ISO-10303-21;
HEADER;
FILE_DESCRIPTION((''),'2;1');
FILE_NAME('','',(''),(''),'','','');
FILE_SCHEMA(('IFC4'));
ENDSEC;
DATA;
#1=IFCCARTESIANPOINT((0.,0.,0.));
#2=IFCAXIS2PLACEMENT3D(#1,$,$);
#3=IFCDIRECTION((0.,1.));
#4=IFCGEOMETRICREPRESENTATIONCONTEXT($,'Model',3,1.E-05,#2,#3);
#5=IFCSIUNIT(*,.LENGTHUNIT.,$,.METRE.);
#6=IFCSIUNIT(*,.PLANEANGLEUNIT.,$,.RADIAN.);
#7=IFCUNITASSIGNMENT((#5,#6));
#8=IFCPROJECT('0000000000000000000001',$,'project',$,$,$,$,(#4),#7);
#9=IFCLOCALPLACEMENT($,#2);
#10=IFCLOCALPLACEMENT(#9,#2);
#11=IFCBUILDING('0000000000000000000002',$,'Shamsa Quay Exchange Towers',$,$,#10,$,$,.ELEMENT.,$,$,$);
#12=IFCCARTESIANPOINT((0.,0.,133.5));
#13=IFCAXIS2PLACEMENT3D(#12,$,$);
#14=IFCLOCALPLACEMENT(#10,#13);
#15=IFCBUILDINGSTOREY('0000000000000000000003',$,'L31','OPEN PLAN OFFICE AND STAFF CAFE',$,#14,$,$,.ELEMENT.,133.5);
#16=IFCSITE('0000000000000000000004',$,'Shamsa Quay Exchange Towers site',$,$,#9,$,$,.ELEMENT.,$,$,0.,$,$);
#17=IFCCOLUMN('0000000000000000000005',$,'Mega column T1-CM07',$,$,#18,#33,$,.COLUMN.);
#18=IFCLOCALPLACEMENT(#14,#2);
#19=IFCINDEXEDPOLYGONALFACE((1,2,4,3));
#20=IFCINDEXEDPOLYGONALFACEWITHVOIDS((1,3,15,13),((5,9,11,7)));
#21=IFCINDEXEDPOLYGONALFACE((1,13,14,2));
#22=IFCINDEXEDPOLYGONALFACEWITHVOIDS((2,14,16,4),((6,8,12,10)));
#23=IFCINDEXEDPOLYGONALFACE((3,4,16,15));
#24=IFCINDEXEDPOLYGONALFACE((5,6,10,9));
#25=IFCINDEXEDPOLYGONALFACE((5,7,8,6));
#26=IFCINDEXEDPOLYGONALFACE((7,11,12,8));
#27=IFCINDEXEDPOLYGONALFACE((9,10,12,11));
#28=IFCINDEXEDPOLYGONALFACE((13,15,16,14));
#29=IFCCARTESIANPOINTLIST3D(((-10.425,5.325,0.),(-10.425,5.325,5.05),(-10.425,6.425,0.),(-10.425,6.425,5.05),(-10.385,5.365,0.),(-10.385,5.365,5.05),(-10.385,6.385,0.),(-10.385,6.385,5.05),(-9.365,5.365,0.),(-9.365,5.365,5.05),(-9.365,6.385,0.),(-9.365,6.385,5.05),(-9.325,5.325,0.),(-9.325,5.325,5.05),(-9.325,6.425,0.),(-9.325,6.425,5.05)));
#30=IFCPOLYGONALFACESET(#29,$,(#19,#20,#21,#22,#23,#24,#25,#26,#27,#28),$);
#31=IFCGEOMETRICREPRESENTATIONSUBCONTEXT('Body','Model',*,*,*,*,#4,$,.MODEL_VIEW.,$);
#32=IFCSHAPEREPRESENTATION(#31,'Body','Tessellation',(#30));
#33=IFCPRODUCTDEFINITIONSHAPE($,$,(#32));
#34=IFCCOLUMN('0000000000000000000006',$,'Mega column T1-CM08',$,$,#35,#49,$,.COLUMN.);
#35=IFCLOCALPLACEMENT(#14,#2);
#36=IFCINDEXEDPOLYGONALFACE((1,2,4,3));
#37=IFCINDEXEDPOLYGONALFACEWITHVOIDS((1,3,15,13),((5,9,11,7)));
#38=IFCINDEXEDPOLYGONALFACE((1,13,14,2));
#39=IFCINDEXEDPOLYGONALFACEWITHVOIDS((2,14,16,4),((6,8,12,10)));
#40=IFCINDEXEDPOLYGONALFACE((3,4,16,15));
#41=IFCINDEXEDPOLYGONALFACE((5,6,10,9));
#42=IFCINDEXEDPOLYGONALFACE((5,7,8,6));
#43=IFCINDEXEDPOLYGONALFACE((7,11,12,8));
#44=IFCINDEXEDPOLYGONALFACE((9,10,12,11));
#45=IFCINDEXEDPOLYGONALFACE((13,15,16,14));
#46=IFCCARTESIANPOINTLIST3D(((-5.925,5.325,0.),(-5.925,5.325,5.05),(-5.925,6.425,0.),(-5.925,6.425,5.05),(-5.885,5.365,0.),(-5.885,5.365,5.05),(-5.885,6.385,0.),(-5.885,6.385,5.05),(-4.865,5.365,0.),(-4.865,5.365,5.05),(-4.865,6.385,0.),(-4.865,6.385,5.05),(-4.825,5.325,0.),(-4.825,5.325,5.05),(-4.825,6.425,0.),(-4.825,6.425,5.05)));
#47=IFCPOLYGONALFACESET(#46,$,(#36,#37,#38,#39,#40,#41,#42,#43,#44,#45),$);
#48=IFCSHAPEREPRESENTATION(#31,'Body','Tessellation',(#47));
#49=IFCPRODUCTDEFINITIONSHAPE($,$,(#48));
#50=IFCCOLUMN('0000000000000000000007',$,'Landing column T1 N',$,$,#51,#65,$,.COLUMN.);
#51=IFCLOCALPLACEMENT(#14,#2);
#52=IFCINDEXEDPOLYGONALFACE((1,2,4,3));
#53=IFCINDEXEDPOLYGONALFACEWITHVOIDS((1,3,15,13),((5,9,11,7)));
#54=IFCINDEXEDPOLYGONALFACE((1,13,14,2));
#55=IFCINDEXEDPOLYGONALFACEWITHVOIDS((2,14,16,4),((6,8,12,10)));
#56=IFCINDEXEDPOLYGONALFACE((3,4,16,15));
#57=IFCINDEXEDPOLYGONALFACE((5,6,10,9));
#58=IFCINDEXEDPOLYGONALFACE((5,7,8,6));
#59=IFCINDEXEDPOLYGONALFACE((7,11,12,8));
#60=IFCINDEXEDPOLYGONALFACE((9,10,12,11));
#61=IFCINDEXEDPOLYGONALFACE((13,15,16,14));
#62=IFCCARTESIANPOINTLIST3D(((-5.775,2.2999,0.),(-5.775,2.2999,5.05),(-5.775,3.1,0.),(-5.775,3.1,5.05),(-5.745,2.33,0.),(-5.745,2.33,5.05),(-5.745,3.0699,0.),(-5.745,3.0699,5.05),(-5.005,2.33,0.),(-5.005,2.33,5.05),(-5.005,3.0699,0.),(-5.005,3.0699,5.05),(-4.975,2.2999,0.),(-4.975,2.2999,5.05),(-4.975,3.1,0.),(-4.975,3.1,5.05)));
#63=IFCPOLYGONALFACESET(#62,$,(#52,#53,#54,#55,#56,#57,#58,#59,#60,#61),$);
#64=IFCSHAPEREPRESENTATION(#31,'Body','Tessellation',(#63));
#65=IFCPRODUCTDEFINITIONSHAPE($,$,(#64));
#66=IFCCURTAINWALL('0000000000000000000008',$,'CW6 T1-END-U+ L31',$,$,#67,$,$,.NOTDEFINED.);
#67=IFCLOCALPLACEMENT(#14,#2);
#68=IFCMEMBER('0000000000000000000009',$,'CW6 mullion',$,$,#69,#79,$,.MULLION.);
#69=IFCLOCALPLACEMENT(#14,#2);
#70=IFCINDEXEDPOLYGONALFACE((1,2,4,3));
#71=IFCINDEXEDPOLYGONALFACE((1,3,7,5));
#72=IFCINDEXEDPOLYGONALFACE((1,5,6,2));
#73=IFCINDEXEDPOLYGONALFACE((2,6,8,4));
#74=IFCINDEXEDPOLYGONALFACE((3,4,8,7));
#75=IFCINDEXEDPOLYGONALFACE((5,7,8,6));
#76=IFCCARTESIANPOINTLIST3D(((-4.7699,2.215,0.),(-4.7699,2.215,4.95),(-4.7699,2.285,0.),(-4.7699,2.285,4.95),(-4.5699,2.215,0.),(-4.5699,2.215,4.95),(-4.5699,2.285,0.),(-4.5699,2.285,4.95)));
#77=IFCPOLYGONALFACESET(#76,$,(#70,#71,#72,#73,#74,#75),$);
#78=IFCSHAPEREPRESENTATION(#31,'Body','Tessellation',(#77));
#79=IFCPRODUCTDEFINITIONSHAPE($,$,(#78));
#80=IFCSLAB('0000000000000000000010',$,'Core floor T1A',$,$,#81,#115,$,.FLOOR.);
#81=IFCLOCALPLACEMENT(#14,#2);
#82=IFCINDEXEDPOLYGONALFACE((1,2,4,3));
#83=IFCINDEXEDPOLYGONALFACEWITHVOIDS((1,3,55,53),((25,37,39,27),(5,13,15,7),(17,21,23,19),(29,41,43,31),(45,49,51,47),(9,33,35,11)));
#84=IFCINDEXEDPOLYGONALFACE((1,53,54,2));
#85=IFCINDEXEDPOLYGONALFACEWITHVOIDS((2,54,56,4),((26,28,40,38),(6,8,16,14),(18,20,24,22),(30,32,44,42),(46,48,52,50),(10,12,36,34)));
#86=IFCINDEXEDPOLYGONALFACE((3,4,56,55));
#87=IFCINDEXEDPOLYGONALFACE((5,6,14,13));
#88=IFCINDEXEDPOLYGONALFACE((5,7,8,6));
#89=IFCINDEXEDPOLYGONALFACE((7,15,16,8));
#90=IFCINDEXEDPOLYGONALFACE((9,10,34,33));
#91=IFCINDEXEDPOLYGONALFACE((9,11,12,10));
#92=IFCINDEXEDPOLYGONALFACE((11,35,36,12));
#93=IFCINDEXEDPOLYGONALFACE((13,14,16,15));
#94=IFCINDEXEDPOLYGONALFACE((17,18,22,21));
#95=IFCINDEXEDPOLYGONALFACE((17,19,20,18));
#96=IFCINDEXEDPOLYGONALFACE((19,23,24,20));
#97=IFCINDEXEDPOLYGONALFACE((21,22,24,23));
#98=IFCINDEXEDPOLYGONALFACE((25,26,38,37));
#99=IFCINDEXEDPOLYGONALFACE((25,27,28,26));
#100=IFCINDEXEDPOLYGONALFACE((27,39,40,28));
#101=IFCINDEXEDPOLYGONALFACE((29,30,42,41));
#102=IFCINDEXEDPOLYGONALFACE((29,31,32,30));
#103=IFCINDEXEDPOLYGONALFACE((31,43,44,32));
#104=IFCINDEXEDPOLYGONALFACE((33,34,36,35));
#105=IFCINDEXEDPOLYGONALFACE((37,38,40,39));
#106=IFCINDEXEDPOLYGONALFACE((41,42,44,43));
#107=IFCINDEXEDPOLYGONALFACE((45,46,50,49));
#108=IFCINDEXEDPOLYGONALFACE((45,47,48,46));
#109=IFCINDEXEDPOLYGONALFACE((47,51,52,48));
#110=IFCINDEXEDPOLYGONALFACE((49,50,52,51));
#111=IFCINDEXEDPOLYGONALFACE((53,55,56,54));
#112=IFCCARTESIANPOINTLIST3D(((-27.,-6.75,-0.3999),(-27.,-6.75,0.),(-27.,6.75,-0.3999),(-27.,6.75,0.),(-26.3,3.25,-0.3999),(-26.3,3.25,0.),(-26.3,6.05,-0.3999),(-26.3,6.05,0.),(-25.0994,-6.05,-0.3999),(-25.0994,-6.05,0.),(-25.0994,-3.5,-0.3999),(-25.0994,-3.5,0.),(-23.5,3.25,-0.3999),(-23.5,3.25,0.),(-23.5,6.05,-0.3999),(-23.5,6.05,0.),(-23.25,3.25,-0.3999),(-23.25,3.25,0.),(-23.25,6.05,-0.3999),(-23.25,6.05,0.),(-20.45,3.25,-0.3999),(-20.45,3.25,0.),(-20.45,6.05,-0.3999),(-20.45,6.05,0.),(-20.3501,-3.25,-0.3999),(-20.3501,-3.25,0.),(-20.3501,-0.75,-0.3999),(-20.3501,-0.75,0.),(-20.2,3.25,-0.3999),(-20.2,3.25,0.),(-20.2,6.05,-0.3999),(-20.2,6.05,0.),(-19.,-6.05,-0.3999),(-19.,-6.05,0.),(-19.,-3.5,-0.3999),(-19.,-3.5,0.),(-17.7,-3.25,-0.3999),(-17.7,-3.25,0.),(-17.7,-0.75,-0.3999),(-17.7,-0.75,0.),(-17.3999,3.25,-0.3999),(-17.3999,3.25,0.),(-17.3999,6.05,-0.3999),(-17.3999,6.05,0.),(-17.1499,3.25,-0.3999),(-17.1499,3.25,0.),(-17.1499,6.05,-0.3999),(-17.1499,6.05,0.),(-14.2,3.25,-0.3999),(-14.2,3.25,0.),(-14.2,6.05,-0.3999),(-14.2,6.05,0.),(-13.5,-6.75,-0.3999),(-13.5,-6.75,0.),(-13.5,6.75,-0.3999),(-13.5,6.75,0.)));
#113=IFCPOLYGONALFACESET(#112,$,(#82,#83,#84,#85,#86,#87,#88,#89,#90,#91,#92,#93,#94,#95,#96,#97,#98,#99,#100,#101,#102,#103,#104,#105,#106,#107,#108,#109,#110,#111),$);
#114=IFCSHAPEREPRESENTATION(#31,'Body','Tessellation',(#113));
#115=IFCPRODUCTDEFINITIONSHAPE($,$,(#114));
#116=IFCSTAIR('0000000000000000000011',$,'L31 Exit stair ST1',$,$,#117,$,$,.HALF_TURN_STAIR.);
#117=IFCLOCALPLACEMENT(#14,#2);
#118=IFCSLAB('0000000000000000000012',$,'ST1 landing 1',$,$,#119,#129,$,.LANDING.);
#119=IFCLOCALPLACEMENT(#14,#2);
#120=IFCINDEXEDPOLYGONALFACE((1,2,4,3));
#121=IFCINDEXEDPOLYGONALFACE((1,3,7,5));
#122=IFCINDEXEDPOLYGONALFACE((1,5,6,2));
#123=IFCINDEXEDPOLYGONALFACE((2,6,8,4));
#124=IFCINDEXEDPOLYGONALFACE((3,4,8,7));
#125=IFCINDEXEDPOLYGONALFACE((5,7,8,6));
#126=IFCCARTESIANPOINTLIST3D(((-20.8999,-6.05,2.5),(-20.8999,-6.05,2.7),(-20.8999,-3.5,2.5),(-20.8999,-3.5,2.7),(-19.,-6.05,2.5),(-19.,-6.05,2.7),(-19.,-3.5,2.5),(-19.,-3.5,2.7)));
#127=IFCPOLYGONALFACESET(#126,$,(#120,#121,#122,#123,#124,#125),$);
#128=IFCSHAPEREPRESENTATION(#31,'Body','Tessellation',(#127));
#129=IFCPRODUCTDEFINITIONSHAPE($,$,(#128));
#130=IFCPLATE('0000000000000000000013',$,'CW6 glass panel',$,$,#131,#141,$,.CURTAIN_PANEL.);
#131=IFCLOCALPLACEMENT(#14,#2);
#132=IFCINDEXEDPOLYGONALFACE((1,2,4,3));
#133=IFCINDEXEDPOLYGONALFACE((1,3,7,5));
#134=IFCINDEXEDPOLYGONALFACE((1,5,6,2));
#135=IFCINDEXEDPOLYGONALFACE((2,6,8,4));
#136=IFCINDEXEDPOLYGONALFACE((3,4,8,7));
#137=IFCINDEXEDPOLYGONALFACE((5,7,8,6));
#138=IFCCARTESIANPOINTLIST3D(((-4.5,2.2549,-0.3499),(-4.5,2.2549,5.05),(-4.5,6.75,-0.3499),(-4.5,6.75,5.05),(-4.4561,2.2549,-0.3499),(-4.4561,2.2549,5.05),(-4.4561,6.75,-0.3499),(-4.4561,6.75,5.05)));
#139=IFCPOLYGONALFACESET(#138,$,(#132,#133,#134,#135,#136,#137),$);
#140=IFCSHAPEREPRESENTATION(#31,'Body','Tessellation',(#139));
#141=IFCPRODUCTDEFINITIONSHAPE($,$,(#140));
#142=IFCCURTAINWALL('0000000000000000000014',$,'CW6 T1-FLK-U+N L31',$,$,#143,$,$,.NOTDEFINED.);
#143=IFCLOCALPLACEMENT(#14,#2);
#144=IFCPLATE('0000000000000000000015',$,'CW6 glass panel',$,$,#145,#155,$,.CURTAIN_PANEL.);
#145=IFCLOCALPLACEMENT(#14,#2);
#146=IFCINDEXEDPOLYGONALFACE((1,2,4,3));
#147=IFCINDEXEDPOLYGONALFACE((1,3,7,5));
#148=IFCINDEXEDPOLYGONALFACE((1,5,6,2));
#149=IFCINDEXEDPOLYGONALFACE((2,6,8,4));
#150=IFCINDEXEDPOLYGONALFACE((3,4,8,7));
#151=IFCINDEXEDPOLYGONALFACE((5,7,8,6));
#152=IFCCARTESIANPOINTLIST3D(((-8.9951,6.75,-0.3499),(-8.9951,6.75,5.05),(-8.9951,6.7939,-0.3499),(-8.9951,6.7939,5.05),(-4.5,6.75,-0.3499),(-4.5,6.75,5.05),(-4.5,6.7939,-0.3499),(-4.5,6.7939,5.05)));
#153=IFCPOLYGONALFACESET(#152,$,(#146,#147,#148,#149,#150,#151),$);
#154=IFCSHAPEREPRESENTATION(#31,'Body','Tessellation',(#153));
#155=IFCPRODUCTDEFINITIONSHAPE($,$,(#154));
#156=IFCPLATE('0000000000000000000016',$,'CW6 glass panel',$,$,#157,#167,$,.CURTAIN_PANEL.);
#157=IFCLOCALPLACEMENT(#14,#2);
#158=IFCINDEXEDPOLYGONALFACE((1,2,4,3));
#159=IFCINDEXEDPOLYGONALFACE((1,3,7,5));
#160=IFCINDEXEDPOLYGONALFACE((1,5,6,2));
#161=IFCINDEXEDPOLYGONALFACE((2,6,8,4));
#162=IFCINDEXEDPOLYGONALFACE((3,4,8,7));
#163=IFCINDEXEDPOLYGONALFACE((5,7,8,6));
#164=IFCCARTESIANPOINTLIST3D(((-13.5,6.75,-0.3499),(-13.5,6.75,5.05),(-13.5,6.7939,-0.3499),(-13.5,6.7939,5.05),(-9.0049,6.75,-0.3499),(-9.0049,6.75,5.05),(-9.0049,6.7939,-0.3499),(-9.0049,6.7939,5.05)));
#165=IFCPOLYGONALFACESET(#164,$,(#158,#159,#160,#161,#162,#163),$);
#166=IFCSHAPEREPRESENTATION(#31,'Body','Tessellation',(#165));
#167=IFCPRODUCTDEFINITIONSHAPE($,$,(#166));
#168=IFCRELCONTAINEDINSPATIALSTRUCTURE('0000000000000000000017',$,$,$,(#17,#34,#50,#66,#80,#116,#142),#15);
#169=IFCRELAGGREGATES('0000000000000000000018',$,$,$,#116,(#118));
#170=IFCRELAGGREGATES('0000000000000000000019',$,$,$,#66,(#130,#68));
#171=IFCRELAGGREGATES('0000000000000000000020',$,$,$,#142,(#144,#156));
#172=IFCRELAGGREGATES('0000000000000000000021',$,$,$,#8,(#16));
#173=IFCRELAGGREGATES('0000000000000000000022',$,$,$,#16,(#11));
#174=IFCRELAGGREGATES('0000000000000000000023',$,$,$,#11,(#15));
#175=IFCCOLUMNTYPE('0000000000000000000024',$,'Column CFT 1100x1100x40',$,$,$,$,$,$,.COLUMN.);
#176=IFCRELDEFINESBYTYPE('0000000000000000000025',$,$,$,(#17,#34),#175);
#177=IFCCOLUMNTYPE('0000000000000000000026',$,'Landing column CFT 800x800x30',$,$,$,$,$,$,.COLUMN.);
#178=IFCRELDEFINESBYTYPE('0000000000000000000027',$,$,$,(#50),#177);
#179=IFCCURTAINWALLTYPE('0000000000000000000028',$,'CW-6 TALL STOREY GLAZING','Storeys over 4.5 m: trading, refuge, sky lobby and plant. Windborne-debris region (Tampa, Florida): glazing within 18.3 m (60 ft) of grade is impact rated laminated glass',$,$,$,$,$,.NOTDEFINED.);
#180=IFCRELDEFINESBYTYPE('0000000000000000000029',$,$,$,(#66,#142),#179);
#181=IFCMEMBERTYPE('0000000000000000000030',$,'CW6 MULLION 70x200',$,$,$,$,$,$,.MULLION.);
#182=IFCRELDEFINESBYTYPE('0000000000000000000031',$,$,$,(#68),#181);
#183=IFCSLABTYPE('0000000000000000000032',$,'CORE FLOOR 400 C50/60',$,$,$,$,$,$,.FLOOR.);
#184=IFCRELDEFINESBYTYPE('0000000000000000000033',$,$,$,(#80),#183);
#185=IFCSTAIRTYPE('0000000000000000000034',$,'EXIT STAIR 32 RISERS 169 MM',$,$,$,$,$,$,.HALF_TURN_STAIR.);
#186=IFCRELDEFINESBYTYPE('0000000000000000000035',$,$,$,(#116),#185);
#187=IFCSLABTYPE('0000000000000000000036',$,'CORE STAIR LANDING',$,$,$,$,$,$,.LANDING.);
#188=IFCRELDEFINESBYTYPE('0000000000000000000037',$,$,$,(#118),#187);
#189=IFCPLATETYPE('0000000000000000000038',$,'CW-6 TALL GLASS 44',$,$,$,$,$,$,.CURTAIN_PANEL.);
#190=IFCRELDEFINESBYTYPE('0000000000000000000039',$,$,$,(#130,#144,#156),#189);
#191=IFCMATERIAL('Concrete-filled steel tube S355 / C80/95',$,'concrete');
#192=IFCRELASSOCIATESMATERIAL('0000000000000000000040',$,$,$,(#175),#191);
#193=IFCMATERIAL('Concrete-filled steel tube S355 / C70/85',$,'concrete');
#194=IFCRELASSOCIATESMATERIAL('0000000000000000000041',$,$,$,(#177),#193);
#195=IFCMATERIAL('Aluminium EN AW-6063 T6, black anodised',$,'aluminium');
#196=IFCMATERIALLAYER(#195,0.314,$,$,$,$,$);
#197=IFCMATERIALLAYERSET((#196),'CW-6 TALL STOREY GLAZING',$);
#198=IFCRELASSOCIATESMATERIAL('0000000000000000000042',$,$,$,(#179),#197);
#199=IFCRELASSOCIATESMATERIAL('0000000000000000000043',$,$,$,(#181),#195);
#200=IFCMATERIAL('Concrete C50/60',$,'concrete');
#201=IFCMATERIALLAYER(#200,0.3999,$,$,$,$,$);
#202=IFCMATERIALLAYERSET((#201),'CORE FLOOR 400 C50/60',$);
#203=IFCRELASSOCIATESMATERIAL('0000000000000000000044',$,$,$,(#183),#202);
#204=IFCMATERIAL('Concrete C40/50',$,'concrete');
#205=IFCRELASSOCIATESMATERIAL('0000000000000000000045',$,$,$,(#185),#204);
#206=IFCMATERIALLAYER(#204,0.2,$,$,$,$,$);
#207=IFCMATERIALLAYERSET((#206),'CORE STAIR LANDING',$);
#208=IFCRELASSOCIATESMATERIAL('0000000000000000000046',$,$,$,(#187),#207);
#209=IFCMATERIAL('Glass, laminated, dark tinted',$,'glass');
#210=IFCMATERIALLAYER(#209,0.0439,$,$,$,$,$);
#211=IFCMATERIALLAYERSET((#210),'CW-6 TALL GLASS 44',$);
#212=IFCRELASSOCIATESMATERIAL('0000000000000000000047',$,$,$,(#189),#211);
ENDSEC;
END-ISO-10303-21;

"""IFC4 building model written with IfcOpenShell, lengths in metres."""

from ifc_helpers import new_model, si_unit, direction, frame, origin, origin_2d, place, context, subcontext, project, spatial, polyline, rectangle, hollow_rectangle, outline, extrude, material, layer, layer_set, material_profile, profile_set, type_object, element, aggregate, save


model = new_model("IFC4")

# Units and contexts
model_context = context("Model", 3, precision=1e-05, world=origin(), true_north=direction((0.0, 1.0)))
body_context = subcontext(model_context, "Body", "Model", "MODEL_VIEW")
ifc_project = project(units=[si_unit("LENGTHUNIT", "METRE"), si_unit("PLANEANGLEUNIT", "RADIAN")], contexts=[model_context])

# Site, building, storey
site_placement = place(None, origin())
site = spatial("IfcSite", under=ifc_project, at=site_placement, Name="Shamsa Quay Exchange Towers site", CompositionType="ELEMENT", RefElevation=0.0)
building_placement = place(site_placement, origin())
building = spatial("IfcBuilding", under=site, at=building_placement, Name="Shamsa Quay Exchange Towers", CompositionType="ELEMENT")
storey_placement = place(building_placement, frame((0.0, 0.0, 133.5)))
storey = spatial("IfcBuildingStorey", under=building, at=storey_placement, Name="L31", Description="OPEN PLAN OFFICE AND STAFF CAFE", CompositionType="ELEMENT", Elevation=133.5)

# Columns
ifc_material_1 = material(Name="Concrete-filled steel tube S355 / C80/95", Category="concrete")
ifc_material_profile_1 = material_profile(ifc_material_1, hollow_rectangle(XDim=1.1001, YDim=1.1001, WallThickness=0.04, at=origin_2d()), Name="CFT 1100x1100x40")
ifc_profile_set_1 = profile_set([ifc_material_profile_1], Name="Concrete-filled steel tube S355 / C80/95")
column_type_1 = type_object("IfcColumnType", Name="Column CFT 1100x1100x40", PredefinedType="COLUMN", material=ifc_profile_set_1)
for number, where, name in (
    (1, (-9.875, 5.875, 0.0), "Mega column T1-CM07"),
    (2, (-5.375, 5.875, 0.0), "Mega column T1-CM08"),
):
    element("IfcColumn", number, at=place(storey_placement, frame(where)), inside=storey, type_object=column_type_1, Name=name, PredefinedType="COLUMN", context=body_context, shape_type="SweptSolid", body=[
        extrude(hollow_rectangle(XDim=1.1001, YDim=1.1001, WallThickness=0.04, at=origin_2d()), origin(), (0.0, 0.0, 1.0), 5.05),
    ])
ifc_material_2 = material(Name="Concrete-filled steel tube S355 / C70/85", Category="concrete")
ifc_material_profile_2 = material_profile(ifc_material_2, hollow_rectangle(XDim=0.8, YDim=0.8, WallThickness=0.03, at=origin_2d()), Name="CFT 800x800x30")
ifc_profile_set_2 = profile_set([ifc_material_profile_2], Name="Concrete-filled steel tube S355 / C70/85")
column_type_2 = type_object("IfcColumnType", Name="Landing column CFT 800x800x30", PredefinedType="COLUMN", material=ifc_profile_set_2)
column_placement = place(storey_placement, frame((-5.375, 2.7, 0.0)))
element("IfcColumn", 3, at=column_placement, inside=storey, type_object=column_type_2, Name="Landing column T1 N", PredefinedType="COLUMN", context=body_context, shape_type="SweptSolid", body=[
    extrude(hollow_rectangle(XDim=0.8, YDim=0.8, WallThickness=0.03, at=origin_2d()), origin(), (0.0, 0.0, 1.0), 5.05),
])

# Curtain wall, member
ifc_material_3 = material(Name="Aluminium EN AW-6063 T6, black anodised", Category="aluminium")
ifc_layer_1 = layer(ifc_material_3, 0.314)
ifc_layer_set_1 = layer_set([ifc_layer_1], Name="CW-6 TALL STOREY GLAZING")
curtain_wall_type = type_object("IfcCurtainWallType", Name="CW-6 TALL STOREY GLAZING", Description="Storeys over 4.5 m: trading, refuge, sky lobby and plant. Windborne-debris region (Tampa, Florida): glazing within 18.3 m (60 ft) of grade is impact rated laminated glass", PredefinedType="NOTDEFINED", material=ifc_layer_set_1)
curtain_wall_1_placement = place(storey_placement, origin())
curtain_wall_1 = element("IfcCurtainWall", 4, at=curtain_wall_1_placement, inside=storey, type_object=curtain_wall_type, Name="CW6 T1-END-U+ L31", PredefinedType="NOTDEFINED")
ifc_material_profile_3 = material_profile(ifc_material_3, rectangle(XDim=0.2, YDim=0.0701, at=origin_2d()), Name="MU70x200")
ifc_profile_set_3 = profile_set([ifc_material_profile_3], Name="Aluminium EN AW-6063 T6, black anodised")
member_type = type_object("IfcMemberType", Name="CW6 MULLION 70x200", PredefinedType="MULLION", material=ifc_profile_set_3)
member_placement = place(storey_placement, frame((-4.6699, 2.25, 0.0), z_axis=(0.0, 0.0, 1.0), x_axis=(-1.0, 0.0, 0.0)))
member = element("IfcMember", 5, at=member_placement, type_object=member_type, Name="CW6 mullion", PredefinedType="MULLION", context=body_context, shape_type="SweptSolid", body=[
    extrude(rectangle(XDim=0.2, YDim=0.0701, at=origin_2d()), origin(), (0.0, 0.0, 1.0), 4.95),
])

# Slab
ifc_material_4 = material(Name="Concrete C50/60", Category="concrete")
ifc_layer_2 = layer(ifc_material_4, 0.3999)
ifc_layer_set_2 = layer_set([ifc_layer_2], Name="CORE FLOOR 400 C50/60")
slab_type_1 = type_object("IfcSlabType", Name="CORE FLOOR 400 C50/60", PredefinedType="FLOOR", material=ifc_layer_set_2)
slab_1_placement = place(storey_placement, frame((0.0, 0.0, -0.3999)))
element("IfcSlab", 6, at=slab_1_placement, inside=storey, type_object=slab_type_1, Name="Core floor T1A", PredefinedType="FLOOR", context=body_context, shape_type="SweptSolid", body=[
    extrude(outline(polyline([(-27.0, -6.75), (-13.5, -6.75), (-13.5, 6.75), (-27.0, 6.75), (-27.0, -6.75)]), holes=[polyline([(-25.0994, -6.05), (-25.0994, -3.5), (-19.0, -3.5), (-19.0, -6.05), (-25.0994, -6.05)]), polyline([(-26.3, 3.25), (-26.3, 6.05), (-23.5, 6.05), (-23.5, 3.25), (-26.3, 3.25)]), polyline([(-23.25, 3.25), (-23.25, 6.05), (-20.45, 6.05), (-20.45, 3.25), (-23.25, 3.25)]), polyline([(-20.2, 3.25), (-20.2, 6.05), (-17.3999, 6.05), (-17.3999, 3.25), (-20.2, 3.25)]), polyline([(-17.1499, 3.25), (-17.1499, 6.05), (-14.2, 6.05), (-14.2, 3.25), (-17.1499, 3.25)]), polyline([(-20.3501, -3.25), (-20.3501, -0.75), (-17.7, -0.75), (-17.7, -3.25), (-20.3501, -3.25)])]), origin(), (0.0, 0.0, 1.0), 0.3999),
])

# Stair, slab
ifc_material_5 = material(Name="Concrete C40/50", Category="concrete")
stair_type = type_object("IfcStairType", Name="EXIT STAIR 32 RISERS 169 MM", PredefinedType="HALF_TURN_STAIR", material=ifc_material_5)
stair_placement = place(storey_placement, origin())
stair = element("IfcStair", 7, at=stair_placement, inside=storey, type_object=stair_type, Name="L31 Exit stair ST1", PredefinedType="HALF_TURN_STAIR")
ifc_layer_3 = layer(ifc_material_5, 0.2)
ifc_layer_set_3 = layer_set([ifc_layer_3], Name="CORE STAIR LANDING")
slab_type_2 = type_object("IfcSlabType", Name="CORE STAIR LANDING", PredefinedType="LANDING", material=ifc_layer_set_3)
slab_2_placement = place(storey_placement, frame((0.0, 0.0, 2.5)))
slab_2 = element("IfcSlab", 8, at=slab_2_placement, type_object=slab_type_2, Name="ST1 landing 1", PredefinedType="LANDING", context=body_context, shape_type="SweptSolid", body=[
    extrude(outline(polyline([(-20.8999, -6.05), (-19.0, -6.05), (-19.0, -3.5), (-20.8999, -3.5), (-20.8999, -6.05)])), origin(), (0.0, 0.0, 1.0), 0.2),
])
aggregate(stair, [slab_2])

# Plate
ifc_material_6 = material(Name="Glass, laminated, dark tinted", Category="glass")
ifc_layer_4 = layer(ifc_material_6, 0.0439)
ifc_layer_set_4 = layer_set([ifc_layer_4], Name="CW-6 TALL GLASS 44")
plate_type = type_object("IfcPlateType", Name="CW-6 TALL GLASS 44", PredefinedType="CURTAIN_PANEL", material=ifc_layer_set_4)
plate_1_placement = place(storey_placement, frame((-4.478, 4.5024, -0.3499), z_axis=(0.0, 0.0, 1.0), x_axis=(0.0, 1.0, 0.0)))
plate_1 = element("IfcPlate", 9, at=plate_1_placement, type_object=plate_type, Name="CW6 glass panel", PredefinedType="CURTAIN_PANEL", context=body_context, shape_type="SweptSolid", body=[
    extrude(rectangle(XDim=4.4951, YDim=0.0439, at=origin_2d()), origin(), (0.0, 0.0, 1.0), 5.3999),
])
aggregate(curtain_wall_1, [plate_1, member])

# Curtain wall, plates
curtain_wall_2_placement = place(storey_placement, origin())
curtain_wall_2 = element("IfcCurtainWall", 10, at=curtain_wall_2_placement, inside=storey, type_object=curtain_wall_type, Name="CW6 T1-FLK-U+N L31", PredefinedType="NOTDEFINED")
plate_2_placement = place(storey_placement, frame((-6.7476, 6.772, -0.3499), z_axis=(0.0, 0.0, 1.0), x_axis=(-1.0, 0.0, 0.0)))
plate_2 = element("IfcPlate", 11, at=plate_2_placement, type_object=plate_type, Name="CW6 glass panel", PredefinedType="CURTAIN_PANEL", context=body_context, shape_type="SweptSolid", body=[
    extrude(rectangle(XDim=4.4951, YDim=0.0439, at=origin_2d()), origin(), (0.0, 0.0, 1.0), 5.3999),
])
plate_3_placement = place(storey_placement, frame((-11.2524, 6.772, -0.3499), z_axis=(0.0, 0.0, 1.0), x_axis=(-1.0, 0.0, 0.0)))
plate_3 = element("IfcPlate", 12, at=plate_3_placement, type_object=plate_type, Name="CW6 glass panel", PredefinedType="CURTAIN_PANEL", context=body_context, shape_type="SweptSolid", body=[
    extrude(rectangle(XDim=4.4951, YDim=0.0439, at=origin_2d()), origin(), (0.0, 0.0, 1.0), 5.3999),
])
aggregate(curtain_wall_2, [plate_2, plate_3])

save(model, "model.ifc")
